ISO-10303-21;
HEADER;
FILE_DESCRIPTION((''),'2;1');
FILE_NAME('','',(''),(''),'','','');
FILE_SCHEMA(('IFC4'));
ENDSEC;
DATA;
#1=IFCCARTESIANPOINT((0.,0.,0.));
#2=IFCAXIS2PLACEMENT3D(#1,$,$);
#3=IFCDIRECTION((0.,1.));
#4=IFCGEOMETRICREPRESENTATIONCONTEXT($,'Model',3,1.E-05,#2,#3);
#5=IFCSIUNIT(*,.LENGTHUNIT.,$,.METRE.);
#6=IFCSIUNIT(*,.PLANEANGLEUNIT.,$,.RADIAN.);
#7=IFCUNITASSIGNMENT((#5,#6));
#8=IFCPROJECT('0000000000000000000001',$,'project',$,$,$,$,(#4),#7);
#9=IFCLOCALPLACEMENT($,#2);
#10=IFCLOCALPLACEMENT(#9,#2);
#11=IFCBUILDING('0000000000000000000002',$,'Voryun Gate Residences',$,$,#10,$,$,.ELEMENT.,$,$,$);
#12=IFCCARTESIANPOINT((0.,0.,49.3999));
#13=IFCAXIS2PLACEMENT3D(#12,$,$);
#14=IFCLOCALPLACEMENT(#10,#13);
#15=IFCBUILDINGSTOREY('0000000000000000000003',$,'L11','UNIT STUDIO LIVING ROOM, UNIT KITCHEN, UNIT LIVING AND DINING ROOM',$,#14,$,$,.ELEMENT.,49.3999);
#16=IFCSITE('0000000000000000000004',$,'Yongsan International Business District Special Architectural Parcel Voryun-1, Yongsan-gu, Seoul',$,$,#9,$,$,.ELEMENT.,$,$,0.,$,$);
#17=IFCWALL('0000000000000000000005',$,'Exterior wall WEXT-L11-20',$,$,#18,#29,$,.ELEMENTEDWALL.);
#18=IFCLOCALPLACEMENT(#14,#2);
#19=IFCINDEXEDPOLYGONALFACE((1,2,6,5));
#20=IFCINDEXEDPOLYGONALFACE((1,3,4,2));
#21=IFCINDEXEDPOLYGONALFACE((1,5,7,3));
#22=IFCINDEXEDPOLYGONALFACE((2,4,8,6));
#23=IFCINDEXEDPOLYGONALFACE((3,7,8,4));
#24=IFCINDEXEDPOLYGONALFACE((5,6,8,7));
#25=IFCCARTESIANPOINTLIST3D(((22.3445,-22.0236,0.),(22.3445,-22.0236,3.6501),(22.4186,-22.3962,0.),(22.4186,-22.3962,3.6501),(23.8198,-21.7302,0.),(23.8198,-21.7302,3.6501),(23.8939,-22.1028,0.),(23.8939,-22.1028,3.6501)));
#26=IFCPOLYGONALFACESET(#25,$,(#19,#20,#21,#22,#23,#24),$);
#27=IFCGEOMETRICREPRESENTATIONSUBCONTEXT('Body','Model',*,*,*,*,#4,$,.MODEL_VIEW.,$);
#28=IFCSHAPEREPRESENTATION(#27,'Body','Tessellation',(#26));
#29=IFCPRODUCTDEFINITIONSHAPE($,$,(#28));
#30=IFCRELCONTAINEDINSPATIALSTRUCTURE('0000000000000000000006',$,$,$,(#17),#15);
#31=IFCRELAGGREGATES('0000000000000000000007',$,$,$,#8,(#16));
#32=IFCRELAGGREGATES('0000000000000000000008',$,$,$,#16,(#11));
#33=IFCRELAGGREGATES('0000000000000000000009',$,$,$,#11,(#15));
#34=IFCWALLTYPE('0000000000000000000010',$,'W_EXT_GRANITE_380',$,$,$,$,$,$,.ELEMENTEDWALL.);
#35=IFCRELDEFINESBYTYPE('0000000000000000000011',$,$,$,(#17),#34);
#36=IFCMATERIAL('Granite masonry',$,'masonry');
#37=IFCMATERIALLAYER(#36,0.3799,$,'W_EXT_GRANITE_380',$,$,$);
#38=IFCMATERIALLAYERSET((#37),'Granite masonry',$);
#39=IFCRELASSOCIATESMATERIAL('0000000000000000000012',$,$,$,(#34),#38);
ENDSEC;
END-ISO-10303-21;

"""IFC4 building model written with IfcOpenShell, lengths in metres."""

from ifc_helpers import new_model, si_unit, direction, frame, frame_2d, origin, place, context, subcontext, project, spatial, rectangle, extrude, material, layer, layer_set, type_object, element, save


model = new_model("IFC4")

# Units and contexts
model_context = context("Model", 3, precision=1e-05, world=origin(), true_north=direction((0.0, 1.0)))
body_context = subcontext(model_context, "Body", "Model", "MODEL_VIEW")
ifc_project = project(units=[si_unit("LENGTHUNIT", "METRE"), si_unit("PLANEANGLEUNIT", "RADIAN")], contexts=[model_context])

# Site, building, storey
site_placement = place(None, origin())
site = spatial("IfcSite", under=ifc_project, at=site_placement, Name="Yongsan International Business District Special Architectural Parcel Voryun-1, Yongsan-gu, Seoul", CompositionType="ELEMENT", RefElevation=0.0)
building_placement = place(site_placement, origin())
building = spatial("IfcBuilding", under=site, at=building_placement, Name="Voryun Gate Residences", CompositionType="ELEMENT")
storey_placement = place(building_placement, frame((0.0, 0.0, 49.3999)))
storey = spatial("IfcBuildingStorey", under=building, at=storey_placement, Name="L11", Description="UNIT STUDIO LIVING ROOM, UNIT KITCHEN, UNIT LIVING AND DINING ROOM", CompositionType="ELEMENT", Elevation=49.3999)

# Wall
ifc_material_1 = material(Name="Granite masonry", Category="masonry")
ifc_layer = layer(ifc_material_1, 0.3799, Name="W_EXT_GRANITE_380")
ifc_layer_set = layer_set([ifc_layer], Name="Granite masonry")
wall_type = type_object("IfcWallType", Name="W_EXT_GRANITE_380", PredefinedType="ELEMENTEDWALL", material=ifc_layer_set)
wall_1_placement = place(storey_placement, frame((23.8567, -21.9165, 0.0), z_axis=(0.0, 0.0, 1.0), x_axis=(-0.980786, -0.195086, 0.0)))
element("IfcWall", 1, at=wall_1_placement, inside=storey, type_object=wall_type, Name="Exterior wall WEXT-L11-20", PredefinedType="ELEMENTEDWALL", context=body_context, shape_type="SweptSolid", body=[
    extrude(rectangle(XDim=1.5042, YDim=0.3799, at=frame_2d((0.752, 0.0))), origin(), (0.0, 0.0, 1.0), 3.6501),
])

save(model, "model.ifc")
